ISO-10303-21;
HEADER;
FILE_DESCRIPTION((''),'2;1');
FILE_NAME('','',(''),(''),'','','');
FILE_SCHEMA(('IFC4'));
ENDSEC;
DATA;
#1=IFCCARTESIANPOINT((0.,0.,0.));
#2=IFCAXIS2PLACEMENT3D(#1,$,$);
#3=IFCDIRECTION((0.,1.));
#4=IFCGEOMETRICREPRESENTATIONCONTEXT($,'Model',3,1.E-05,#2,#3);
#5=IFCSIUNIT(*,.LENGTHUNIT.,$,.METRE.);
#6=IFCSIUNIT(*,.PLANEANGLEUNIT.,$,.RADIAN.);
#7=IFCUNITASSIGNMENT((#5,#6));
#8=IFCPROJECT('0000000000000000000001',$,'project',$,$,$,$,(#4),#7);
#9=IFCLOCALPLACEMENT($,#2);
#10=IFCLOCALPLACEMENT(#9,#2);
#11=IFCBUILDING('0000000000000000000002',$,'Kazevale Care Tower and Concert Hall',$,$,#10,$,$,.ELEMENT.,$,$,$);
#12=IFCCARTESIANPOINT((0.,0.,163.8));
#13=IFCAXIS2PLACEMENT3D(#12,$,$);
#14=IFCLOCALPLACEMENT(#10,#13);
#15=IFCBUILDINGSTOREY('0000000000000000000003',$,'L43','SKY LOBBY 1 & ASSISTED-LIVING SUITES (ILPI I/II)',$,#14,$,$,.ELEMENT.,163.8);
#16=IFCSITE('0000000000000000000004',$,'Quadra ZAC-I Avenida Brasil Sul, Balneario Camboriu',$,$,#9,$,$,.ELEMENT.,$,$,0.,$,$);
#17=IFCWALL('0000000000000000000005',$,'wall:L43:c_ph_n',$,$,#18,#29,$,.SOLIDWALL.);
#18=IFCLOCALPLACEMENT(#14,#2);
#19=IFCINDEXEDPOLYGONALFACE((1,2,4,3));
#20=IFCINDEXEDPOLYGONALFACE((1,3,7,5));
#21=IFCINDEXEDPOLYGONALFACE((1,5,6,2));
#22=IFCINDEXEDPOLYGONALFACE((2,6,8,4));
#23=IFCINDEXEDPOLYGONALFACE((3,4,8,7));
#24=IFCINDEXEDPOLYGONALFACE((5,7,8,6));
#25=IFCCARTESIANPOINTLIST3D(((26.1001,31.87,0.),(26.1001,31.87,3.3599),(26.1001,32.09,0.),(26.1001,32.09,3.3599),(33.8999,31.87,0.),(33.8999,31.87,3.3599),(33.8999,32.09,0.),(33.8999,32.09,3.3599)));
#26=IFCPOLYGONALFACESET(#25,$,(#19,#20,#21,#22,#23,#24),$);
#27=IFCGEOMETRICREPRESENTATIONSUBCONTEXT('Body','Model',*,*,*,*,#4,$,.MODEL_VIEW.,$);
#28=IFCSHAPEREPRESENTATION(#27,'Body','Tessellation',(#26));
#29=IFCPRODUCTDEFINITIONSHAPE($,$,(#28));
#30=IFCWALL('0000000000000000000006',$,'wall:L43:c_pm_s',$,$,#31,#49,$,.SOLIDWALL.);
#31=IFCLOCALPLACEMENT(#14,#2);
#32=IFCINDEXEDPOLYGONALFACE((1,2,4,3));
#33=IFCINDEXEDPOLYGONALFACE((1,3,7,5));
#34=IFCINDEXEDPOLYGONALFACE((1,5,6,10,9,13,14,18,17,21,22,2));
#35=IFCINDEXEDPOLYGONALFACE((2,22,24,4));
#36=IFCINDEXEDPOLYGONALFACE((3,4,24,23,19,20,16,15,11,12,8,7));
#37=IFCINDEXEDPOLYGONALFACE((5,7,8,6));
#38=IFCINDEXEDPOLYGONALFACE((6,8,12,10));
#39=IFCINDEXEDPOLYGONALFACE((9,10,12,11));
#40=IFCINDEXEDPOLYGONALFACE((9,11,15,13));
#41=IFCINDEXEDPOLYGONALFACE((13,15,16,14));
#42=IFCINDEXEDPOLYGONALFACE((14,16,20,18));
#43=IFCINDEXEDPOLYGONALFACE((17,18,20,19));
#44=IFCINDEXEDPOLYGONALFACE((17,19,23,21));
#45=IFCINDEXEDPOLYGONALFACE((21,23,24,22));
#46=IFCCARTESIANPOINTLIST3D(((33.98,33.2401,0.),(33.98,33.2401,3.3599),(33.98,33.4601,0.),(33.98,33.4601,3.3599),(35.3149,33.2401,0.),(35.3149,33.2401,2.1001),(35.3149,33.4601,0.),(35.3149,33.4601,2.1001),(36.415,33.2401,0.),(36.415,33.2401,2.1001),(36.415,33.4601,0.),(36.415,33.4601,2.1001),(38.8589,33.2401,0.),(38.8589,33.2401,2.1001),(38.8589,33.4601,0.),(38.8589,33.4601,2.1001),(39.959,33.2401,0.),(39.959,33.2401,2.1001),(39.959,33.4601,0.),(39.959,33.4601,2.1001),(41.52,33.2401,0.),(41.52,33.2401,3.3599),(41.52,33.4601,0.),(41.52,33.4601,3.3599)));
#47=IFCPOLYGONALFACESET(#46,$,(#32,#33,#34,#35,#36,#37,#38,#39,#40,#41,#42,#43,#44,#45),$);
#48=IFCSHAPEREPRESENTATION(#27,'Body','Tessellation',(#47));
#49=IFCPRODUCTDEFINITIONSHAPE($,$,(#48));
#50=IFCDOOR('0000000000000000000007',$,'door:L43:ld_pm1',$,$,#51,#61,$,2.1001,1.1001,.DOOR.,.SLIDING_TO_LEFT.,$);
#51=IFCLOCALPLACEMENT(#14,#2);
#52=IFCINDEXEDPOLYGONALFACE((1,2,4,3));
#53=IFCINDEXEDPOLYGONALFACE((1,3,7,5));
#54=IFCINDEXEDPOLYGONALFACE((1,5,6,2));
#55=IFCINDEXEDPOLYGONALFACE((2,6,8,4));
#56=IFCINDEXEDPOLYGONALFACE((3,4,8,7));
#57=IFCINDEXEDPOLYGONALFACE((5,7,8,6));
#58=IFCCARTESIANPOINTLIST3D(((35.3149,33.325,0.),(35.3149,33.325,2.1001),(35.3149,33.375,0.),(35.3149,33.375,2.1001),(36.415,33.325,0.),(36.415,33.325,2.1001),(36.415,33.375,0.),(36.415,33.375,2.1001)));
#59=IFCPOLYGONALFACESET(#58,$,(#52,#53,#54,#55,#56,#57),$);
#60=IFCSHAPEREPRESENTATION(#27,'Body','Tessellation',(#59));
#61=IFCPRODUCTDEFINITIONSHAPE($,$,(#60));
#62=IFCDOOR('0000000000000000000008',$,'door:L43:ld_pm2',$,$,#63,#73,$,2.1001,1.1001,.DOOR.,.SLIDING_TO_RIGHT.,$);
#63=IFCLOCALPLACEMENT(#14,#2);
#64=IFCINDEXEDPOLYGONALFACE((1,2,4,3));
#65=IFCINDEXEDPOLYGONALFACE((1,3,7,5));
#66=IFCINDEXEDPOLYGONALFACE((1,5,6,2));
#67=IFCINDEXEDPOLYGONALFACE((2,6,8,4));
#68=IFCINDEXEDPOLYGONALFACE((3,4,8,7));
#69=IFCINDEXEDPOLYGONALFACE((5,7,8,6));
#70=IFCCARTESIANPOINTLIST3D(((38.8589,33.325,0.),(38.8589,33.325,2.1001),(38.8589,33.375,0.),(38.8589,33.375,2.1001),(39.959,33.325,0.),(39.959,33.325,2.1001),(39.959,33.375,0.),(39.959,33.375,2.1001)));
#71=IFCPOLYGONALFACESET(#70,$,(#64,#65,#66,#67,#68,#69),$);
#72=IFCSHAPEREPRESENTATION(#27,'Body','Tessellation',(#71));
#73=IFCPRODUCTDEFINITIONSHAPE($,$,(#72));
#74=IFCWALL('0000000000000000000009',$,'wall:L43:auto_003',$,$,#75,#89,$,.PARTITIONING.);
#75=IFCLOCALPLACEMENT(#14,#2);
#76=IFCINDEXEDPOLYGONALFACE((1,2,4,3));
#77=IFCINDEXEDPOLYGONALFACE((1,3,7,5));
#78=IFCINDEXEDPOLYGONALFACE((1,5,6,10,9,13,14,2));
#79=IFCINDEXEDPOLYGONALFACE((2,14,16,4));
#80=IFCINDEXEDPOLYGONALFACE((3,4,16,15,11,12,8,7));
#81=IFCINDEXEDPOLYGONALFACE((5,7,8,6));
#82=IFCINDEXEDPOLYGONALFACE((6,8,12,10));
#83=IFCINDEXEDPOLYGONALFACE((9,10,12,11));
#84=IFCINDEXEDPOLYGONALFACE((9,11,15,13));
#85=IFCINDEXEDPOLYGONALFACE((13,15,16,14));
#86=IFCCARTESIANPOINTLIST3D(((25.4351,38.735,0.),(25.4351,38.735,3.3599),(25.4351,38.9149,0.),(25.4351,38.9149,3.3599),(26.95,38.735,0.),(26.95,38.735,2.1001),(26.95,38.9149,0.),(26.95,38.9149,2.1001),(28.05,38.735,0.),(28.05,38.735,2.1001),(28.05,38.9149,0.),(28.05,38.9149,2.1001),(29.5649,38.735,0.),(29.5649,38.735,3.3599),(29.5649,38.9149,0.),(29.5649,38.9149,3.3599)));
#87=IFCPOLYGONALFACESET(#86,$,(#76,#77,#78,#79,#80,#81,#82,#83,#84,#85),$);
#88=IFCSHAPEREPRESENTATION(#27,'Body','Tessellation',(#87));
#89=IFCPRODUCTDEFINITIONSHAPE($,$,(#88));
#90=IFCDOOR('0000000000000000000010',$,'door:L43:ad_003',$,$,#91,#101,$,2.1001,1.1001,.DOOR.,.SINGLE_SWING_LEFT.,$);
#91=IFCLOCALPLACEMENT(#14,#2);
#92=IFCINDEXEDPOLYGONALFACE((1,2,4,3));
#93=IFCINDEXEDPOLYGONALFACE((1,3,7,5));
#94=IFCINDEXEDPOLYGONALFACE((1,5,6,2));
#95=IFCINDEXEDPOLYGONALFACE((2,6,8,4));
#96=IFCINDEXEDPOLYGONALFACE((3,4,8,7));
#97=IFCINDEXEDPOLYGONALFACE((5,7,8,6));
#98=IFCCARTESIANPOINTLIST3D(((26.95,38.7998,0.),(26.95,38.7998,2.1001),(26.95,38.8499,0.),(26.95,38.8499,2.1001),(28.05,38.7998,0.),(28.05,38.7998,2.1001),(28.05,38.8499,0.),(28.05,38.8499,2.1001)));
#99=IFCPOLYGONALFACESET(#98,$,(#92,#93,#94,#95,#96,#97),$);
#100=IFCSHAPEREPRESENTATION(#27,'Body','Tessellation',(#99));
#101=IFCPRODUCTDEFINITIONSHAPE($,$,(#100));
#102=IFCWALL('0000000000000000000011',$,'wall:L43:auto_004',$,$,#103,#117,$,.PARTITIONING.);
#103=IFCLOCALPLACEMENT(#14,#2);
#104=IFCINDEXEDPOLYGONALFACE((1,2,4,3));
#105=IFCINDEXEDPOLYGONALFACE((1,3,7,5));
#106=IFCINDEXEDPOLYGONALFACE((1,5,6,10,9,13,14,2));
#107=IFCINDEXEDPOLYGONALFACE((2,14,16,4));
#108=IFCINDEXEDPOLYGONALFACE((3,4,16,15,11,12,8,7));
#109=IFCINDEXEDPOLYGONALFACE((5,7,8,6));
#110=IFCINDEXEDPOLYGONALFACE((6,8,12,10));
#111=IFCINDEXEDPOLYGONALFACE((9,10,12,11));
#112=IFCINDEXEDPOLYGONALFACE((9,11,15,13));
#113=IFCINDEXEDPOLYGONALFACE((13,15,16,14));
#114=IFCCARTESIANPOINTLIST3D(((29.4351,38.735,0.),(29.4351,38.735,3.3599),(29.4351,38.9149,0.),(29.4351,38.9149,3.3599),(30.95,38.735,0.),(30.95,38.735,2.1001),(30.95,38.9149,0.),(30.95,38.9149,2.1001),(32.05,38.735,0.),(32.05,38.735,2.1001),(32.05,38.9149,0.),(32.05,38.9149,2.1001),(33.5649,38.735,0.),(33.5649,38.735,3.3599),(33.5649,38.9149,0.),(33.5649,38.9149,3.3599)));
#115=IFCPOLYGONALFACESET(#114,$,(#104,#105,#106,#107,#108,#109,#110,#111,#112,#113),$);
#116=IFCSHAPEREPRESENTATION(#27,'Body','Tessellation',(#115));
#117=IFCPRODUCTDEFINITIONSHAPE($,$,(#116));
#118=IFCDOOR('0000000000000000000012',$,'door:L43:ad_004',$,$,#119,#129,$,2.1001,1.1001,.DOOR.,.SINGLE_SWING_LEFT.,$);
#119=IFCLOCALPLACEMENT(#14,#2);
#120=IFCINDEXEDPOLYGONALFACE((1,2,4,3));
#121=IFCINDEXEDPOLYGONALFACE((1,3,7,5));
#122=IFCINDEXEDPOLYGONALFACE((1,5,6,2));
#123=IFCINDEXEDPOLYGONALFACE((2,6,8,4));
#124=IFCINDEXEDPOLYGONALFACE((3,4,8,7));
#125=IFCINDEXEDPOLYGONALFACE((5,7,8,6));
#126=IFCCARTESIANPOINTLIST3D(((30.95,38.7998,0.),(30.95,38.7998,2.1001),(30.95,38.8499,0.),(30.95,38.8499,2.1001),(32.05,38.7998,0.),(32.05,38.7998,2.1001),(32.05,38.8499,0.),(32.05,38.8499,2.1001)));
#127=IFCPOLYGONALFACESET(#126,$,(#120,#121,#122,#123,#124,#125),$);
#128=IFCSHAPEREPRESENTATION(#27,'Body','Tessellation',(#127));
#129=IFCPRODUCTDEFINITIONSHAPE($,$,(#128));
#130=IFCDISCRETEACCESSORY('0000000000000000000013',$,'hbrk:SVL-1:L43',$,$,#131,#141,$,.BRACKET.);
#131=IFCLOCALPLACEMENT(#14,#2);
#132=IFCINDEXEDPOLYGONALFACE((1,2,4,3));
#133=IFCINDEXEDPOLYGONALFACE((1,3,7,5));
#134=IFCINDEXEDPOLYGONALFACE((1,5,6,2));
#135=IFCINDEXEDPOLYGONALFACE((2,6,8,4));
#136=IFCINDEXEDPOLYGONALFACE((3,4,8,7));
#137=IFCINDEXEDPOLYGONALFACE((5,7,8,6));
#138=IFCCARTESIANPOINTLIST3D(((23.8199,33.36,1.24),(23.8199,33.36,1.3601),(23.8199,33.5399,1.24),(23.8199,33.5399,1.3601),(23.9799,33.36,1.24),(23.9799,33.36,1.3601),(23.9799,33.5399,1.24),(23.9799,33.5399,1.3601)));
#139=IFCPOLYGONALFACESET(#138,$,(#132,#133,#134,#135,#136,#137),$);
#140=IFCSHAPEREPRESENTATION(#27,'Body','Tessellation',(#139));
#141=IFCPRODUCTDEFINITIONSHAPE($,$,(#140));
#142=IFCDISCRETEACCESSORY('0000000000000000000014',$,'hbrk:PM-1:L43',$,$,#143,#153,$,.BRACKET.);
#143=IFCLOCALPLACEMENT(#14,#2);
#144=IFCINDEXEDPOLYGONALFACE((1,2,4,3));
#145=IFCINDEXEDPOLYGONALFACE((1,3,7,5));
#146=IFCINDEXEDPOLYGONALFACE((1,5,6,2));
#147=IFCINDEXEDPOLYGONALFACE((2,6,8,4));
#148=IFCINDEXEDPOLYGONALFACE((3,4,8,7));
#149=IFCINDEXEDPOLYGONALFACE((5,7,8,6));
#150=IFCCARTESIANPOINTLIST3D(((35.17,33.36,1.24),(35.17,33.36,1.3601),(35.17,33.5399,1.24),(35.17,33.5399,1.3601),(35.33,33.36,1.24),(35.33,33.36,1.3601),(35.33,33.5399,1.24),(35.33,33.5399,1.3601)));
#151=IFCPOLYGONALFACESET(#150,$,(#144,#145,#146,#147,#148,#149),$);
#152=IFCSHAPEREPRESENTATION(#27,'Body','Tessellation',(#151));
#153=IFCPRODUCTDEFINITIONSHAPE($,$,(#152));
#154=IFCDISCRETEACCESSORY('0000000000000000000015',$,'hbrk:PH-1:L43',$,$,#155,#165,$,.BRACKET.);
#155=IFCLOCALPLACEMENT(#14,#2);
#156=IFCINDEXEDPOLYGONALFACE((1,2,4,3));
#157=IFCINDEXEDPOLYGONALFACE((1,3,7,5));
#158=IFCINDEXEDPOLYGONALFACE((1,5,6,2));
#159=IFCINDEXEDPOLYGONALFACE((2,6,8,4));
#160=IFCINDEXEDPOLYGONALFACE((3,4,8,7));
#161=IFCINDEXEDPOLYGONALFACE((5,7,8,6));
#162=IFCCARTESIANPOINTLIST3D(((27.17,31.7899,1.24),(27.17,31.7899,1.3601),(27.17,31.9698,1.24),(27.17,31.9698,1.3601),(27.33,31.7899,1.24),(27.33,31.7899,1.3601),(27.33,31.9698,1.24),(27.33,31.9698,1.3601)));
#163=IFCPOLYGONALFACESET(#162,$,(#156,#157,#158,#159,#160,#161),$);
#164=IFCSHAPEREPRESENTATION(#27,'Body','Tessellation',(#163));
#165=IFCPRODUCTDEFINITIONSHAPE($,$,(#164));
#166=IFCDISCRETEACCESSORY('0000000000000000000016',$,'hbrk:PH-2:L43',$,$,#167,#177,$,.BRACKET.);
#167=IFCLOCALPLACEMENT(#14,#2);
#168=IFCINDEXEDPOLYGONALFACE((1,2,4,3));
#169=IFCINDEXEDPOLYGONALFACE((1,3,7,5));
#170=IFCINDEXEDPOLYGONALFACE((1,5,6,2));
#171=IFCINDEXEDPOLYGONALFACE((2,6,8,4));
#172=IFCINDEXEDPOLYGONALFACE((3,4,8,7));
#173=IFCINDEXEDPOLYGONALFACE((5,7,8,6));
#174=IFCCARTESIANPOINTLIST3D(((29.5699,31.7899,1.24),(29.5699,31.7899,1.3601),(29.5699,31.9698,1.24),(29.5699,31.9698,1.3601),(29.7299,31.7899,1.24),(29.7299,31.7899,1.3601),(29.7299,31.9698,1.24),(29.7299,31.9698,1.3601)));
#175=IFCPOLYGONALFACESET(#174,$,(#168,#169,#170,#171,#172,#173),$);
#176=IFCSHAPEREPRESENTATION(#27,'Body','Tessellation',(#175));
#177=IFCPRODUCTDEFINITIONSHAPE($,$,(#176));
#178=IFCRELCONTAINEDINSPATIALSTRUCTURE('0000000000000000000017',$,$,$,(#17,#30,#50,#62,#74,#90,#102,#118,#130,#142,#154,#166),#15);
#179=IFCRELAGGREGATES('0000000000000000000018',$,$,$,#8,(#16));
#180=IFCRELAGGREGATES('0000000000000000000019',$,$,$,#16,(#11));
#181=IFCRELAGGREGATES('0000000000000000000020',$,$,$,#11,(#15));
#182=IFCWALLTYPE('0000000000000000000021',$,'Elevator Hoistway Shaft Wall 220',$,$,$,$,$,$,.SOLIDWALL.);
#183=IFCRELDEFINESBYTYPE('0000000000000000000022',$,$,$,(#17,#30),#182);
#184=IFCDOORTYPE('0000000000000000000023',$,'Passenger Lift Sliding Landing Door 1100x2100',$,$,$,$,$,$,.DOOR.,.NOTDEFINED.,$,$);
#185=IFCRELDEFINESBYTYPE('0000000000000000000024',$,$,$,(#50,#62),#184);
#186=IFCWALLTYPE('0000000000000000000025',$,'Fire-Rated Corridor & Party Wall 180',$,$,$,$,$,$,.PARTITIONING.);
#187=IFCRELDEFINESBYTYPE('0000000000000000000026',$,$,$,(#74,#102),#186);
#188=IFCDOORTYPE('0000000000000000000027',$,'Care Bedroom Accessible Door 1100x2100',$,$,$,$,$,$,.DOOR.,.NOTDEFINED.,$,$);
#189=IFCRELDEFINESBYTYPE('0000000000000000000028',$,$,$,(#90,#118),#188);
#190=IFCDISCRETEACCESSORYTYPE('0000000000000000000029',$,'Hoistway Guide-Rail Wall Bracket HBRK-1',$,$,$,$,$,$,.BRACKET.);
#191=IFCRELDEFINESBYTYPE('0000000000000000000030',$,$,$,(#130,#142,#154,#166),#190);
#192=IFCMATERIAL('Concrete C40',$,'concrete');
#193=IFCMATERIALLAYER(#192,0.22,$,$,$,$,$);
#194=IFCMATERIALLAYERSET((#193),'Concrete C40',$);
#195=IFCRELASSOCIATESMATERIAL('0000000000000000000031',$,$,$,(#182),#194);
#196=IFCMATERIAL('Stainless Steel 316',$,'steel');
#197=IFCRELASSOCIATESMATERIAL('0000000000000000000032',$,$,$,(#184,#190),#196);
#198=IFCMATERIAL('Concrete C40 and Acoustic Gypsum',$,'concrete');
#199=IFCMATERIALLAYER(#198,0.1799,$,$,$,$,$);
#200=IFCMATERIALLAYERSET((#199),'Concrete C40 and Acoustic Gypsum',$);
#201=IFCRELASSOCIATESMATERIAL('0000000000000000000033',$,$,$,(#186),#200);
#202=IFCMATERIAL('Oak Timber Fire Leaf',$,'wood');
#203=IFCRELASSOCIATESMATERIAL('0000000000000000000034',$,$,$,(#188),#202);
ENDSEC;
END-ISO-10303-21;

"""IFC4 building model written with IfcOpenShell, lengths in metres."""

from ifc_helpers import new_model, si_unit, direction, frame, frame_2d, origin, origin_2d, place, context, subcontext, project, spatial, rectangle, extrude, material, layer, layer_set, type_object, element, fill, save


model = new_model("IFC4")

# Units and contexts
model_context = context("Model", 3, precision=1e-05, world=origin(), true_north=direction((0.0, 1.0)))
body_context = subcontext(model_context, "Body", "Model", "MODEL_VIEW")
ifc_project = project(units=[si_unit("LENGTHUNIT", "METRE"), si_unit("PLANEANGLEUNIT", "RADIAN")], contexts=[model_context])

# Site, building, storey
site_placement = place(None, origin())
site = spatial("IfcSite", under=ifc_project, at=site_placement, Name="Quadra ZAC-I Avenida Brasil Sul, Balneario Camboriu", CompositionType="ELEMENT", RefElevation=0.0)
building_placement = place(site_placement, origin())
building = spatial("IfcBuilding", under=site, at=building_placement, Name="Kazevale Care Tower and Concert Hall", CompositionType="ELEMENT")
storey_placement = place(building_placement, frame((0.0, 0.0, 163.8)))
storey = spatial("IfcBuildingStorey", under=building, at=storey_placement, Name="L43", Description="SKY LOBBY 1 & ASSISTED-LIVING SUITES (ILPI I/II)", CompositionType="ELEMENT", Elevation=163.8)

# Shared definitions
ifc_material_1 = material(Name="Oak Timber Fire Leaf", Category="wood")

# Wall
ifc_material_2 = material(Name="Concrete C40", Category="concrete")
ifc_layer_1 = layer(ifc_material_2, 0.22)
ifc_layer_set_1 = layer_set([ifc_layer_1], Name="Concrete C40")
wall_type_1 = type_object("IfcWallType", Name="Elevator Hoistway Shaft Wall 220", PredefinedType="SOLIDWALL", material=ifc_layer_set_1)
wall_1_placement = place(storey_placement, frame((26.1001, 31.98, 0.0), z_axis=(0.0, 0.0, 1.0), x_axis=(1.0, 0.0, 0.0)))
element("IfcWall", 1, at=wall_1_placement, inside=storey, type_object=wall_type_1, Name="wall:L43:c_ph_n", PredefinedType="SOLIDWALL", context=body_context, shape_type="SweptSolid", body=[
    extrude(rectangle(XDim=7.7998, YDim=0.22, at=frame_2d((3.8999, 0.0))), origin(), (0.0, 0.0, 1.0), 3.3599),
])

# Wall, openings, doors
wall_2_placement = place(storey_placement, frame((33.98, 33.3501, 0.0), z_axis=(0.0, 0.0, 1.0), x_axis=(1.0, 0.0, 0.0)))
wall_2 = element("IfcWall", 2, at=wall_2_placement, inside=storey, type_object=wall_type_1, Name="wall:L43:c_pm_s", PredefinedType="SOLIDWALL", context=body_context, shape_type="SweptSolid", body=[
    extrude(rectangle(XDim=7.54, YDim=0.22, at=frame_2d((3.77, 0.0))), origin(), (0.0, 0.0, 1.0), 3.3599),
])
opening_1_placement = place(wall_2_placement, frame((1.335, 0.0, 0.0)))
opening_1 = element("IfcOpeningElement", 3, at=opening_1_placement, cuts=wall_2, PredefinedType="OPENING", context=body_context, shape_type="SweptSolid", body=[
    extrude(rectangle(XDim=1.1001, YDim=2.1001, at=frame_2d((0.55, 1.05))), frame((0.0, 0.1199, 0.0), z_axis=(0.0, -1.0, 0.0), x_axis=(1.0, 0.0, 0.0)), (0.0, 0.0, 1.0), 0.24),
])
opening_2_placement = place(wall_2_placement, frame((4.8789, 0.0, 0.0)))
opening_2 = element("IfcOpeningElement", 4, at=opening_2_placement, cuts=wall_2, PredefinedType="OPENING", context=body_context, shape_type="SweptSolid", body=[
    extrude(rectangle(XDim=1.1001, YDim=2.1001, at=frame_2d((0.55, 1.05))), frame((0.0, 0.1199, 0.0), z_axis=(0.0, -1.0, 0.0), x_axis=(1.0, 0.0, 0.0)), (0.0, 0.0, 1.0), 0.24),
])
ifc_material_3 = material(Name="Stainless Steel 316", Category="steel")
door_type_1 = type_object("IfcDoorType", Name="Passenger Lift Sliding Landing Door 1100x2100", OperationType="NOTDEFINED", PredefinedType="DOOR", material=ifc_material_3)
door_1_placement = place(opening_1_placement, origin())
door_1 = element("IfcDoor", 5, at=door_1_placement, inside=storey, type_object=door_type_1, Name="door:L43:ld_pm1", OperationType="SLIDING_TO_LEFT", OverallHeight=2.1001, OverallWidth=1.1001, PredefinedType="DOOR", context=body_context, shape_type="SweptSolid", body=[
    extrude(rectangle(XDim=1.1001, YDim=2.1001, at=frame_2d((0.55, 1.05))), frame((0.0, 0.0249, 0.0), z_axis=(0.0, -1.0, 0.0), x_axis=(1.0, 0.0, 0.0)), (0.0, 0.0, 1.0), 0.05),
])
fill(opening_1, door_1)
door_2_placement = place(opening_2_placement, origin())
door_2 = element("IfcDoor", 6, at=door_2_placement, inside=storey, type_object=door_type_1, Name="door:L43:ld_pm2", OperationType="SLIDING_TO_RIGHT", OverallHeight=2.1001, OverallWidth=1.1001, PredefinedType="DOOR", context=body_context, shape_type="SweptSolid", body=[
    extrude(rectangle(XDim=1.1001, YDim=2.1001, at=frame_2d((0.55, 1.05))), frame((0.0, 0.0249, 0.0), z_axis=(0.0, -1.0, 0.0), x_axis=(1.0, 0.0, 0.0)), (0.0, 0.0, 1.0), 0.05),
])
fill(opening_2, door_2)

# Walls, openings, doors
ifc_material_4 = material(Name="Concrete C40 and Acoustic Gypsum", Category="concrete")
ifc_layer_2 = layer(ifc_material_4, 0.1799)
ifc_layer_set_2 = layer_set([ifc_layer_2], Name="Concrete C40 and Acoustic Gypsum")
wall_type_2 = type_object("IfcWallType", Name="Fire-Rated Corridor & Party Wall 180", PredefinedType="PARTITIONING", material=ifc_layer_set_2)
wall_3_placement = place(storey_placement, frame((25.4351, 38.825, 0.0), z_axis=(0.0, 0.0, 1.0), x_axis=(1.0, 0.0, 0.0)))
wall_3 = element("IfcWall", 7, at=wall_3_placement, inside=storey, type_object=wall_type_2, Name="wall:L43:auto_003", PredefinedType="PARTITIONING", context=body_context, shape_type="SweptSolid", body=[
    extrude(rectangle(XDim=4.1299, YDim=0.1799, at=frame_2d((2.0649, 0.0))), origin(), (0.0, 0.0, 1.0), 3.3599),
])
opening_3_placement = place(wall_3_placement, frame((1.5149, 0.0, 0.0)))
opening_3 = element("IfcOpeningElement", 8, at=opening_3_placement, cuts=wall_3, PredefinedType="OPENING", context=body_context, shape_type="SweptSolid", body=[
    extrude(rectangle(XDim=1.1001, YDim=2.1001, at=frame_2d((0.55, 1.05))), frame((0.0, 0.0999, 0.0), z_axis=(0.0, -1.0, 0.0), x_axis=(1.0, 0.0, 0.0)), (0.0, 0.0, 1.0), 0.2),
])
door_type_2 = type_object("IfcDoorType", Name="Care Bedroom Accessible Door 1100x2100", OperationType="NOTDEFINED", PredefinedType="DOOR", material=ifc_material_1)
door_3_placement = place(opening_3_placement, origin())
door_3 = element("IfcDoor", 9, at=door_3_placement, inside=storey, type_object=door_type_2, Name="door:L43:ad_003", OperationType="SINGLE_SWING_LEFT", OverallHeight=2.1001, OverallWidth=1.1001, PredefinedType="DOOR", context=body_context, shape_type="SweptSolid", body=[
    extrude(rectangle(XDim=1.1001, YDim=2.1001, at=frame_2d((0.55, 1.05))), frame((0.0, 0.0249, 0.0), z_axis=(0.0, -1.0, 0.0), x_axis=(1.0, 0.0, 0.0)), (0.0, 0.0, 1.0), 0.05),
])
fill(opening_3, door_3)
wall_4_placement = place(storey_placement, frame((29.4351, 38.825, 0.0), z_axis=(0.0, 0.0, 1.0), x_axis=(1.0, 0.0, 0.0)))
wall_4 = element("IfcWall", 10, at=wall_4_placement, inside=storey, type_object=wall_type_2, Name="wall:L43:auto_004", PredefinedType="PARTITIONING", context=body_context, shape_type="SweptSolid", body=[
    extrude(rectangle(XDim=4.1299, YDim=0.1799, at=frame_2d((2.0649, 0.0))), origin(), (0.0, 0.0, 1.0), 3.3599),
])
opening_4_placement = place(wall_4_placement, frame((1.5149, 0.0, 0.0)))
opening_4 = element("IfcOpeningElement", 11, at=opening_4_placement, cuts=wall_4, PredefinedType="OPENING", context=body_context, shape_type="SweptSolid", body=[
    extrude(rectangle(XDim=1.1001, YDim=2.1001, at=frame_2d((0.55, 1.05))), frame((0.0, 0.0999, 0.0), z_axis=(0.0, -1.0, 0.0), x_axis=(1.0, 0.0, 0.0)), (0.0, 0.0, 1.0), 0.2),
])
door_4_placement = place(opening_4_placement, origin())
door_4 = element("IfcDoor", 12, at=door_4_placement, inside=storey, type_object=door_type_2, Name="door:L43:ad_004", OperationType="SINGLE_SWING_LEFT", OverallHeight=2.1001, OverallWidth=1.1001, PredefinedType="DOOR", context=body_context, shape_type="SweptSolid", body=[
    extrude(rectangle(XDim=1.1001, YDim=2.1001, at=frame_2d((0.55, 1.05))), frame((0.0, 0.0249, 0.0), z_axis=(0.0, -1.0, 0.0), x_axis=(1.0, 0.0, 0.0)), (0.0, 0.0, 1.0), 0.05),
])
fill(opening_4, door_4)

# Discrete accessories
discrete_accessory_type = type_object("IfcDiscreteAccessoryType", Name="Hoistway Guide-Rail Wall Bracket HBRK-1", PredefinedType="BRACKET", material=ifc_material_3)
for number, where, z_axis, x_axis, name in (
    (13, (23.8999, 33.45, 1.24), (0.0, 0.0, 1.0), (1.0, 0.0, 0.0), "hbrk:SVL-1:L43"),
    (14, (35.25, 33.45, 1.24), (0.0, 0.0, 1.0), (1.0, 0.0, 0.0), "hbrk:PM-1:L43"),
    (15, (27.25, 31.8799, 1.24), (0.0, 0.0, 1.0), (1.0, 0.0, 0.0), "hbrk:PH-1:L43"),
    (16, (29.6499, 31.8799, 1.24), (0.0, 0.0, 1.0), (1.0, 0.0, 0.0), "hbrk:PH-2:L43"),
):
    element("IfcDiscreteAccessory", number, at=place(storey_placement, frame(where, z_axis=z_axis, x_axis=x_axis)), inside=storey, type_object=discrete_accessory_type, Name=name, PredefinedType="BRACKET", context=body_context, shape_type="SweptSolid", body=[
        extrude(rectangle(XDim=0.1599, YDim=0.1799, at=origin_2d()), origin(), (0.0, 0.0, 1.0), 0.1201),
    ])

save(model, "model.ifc")
